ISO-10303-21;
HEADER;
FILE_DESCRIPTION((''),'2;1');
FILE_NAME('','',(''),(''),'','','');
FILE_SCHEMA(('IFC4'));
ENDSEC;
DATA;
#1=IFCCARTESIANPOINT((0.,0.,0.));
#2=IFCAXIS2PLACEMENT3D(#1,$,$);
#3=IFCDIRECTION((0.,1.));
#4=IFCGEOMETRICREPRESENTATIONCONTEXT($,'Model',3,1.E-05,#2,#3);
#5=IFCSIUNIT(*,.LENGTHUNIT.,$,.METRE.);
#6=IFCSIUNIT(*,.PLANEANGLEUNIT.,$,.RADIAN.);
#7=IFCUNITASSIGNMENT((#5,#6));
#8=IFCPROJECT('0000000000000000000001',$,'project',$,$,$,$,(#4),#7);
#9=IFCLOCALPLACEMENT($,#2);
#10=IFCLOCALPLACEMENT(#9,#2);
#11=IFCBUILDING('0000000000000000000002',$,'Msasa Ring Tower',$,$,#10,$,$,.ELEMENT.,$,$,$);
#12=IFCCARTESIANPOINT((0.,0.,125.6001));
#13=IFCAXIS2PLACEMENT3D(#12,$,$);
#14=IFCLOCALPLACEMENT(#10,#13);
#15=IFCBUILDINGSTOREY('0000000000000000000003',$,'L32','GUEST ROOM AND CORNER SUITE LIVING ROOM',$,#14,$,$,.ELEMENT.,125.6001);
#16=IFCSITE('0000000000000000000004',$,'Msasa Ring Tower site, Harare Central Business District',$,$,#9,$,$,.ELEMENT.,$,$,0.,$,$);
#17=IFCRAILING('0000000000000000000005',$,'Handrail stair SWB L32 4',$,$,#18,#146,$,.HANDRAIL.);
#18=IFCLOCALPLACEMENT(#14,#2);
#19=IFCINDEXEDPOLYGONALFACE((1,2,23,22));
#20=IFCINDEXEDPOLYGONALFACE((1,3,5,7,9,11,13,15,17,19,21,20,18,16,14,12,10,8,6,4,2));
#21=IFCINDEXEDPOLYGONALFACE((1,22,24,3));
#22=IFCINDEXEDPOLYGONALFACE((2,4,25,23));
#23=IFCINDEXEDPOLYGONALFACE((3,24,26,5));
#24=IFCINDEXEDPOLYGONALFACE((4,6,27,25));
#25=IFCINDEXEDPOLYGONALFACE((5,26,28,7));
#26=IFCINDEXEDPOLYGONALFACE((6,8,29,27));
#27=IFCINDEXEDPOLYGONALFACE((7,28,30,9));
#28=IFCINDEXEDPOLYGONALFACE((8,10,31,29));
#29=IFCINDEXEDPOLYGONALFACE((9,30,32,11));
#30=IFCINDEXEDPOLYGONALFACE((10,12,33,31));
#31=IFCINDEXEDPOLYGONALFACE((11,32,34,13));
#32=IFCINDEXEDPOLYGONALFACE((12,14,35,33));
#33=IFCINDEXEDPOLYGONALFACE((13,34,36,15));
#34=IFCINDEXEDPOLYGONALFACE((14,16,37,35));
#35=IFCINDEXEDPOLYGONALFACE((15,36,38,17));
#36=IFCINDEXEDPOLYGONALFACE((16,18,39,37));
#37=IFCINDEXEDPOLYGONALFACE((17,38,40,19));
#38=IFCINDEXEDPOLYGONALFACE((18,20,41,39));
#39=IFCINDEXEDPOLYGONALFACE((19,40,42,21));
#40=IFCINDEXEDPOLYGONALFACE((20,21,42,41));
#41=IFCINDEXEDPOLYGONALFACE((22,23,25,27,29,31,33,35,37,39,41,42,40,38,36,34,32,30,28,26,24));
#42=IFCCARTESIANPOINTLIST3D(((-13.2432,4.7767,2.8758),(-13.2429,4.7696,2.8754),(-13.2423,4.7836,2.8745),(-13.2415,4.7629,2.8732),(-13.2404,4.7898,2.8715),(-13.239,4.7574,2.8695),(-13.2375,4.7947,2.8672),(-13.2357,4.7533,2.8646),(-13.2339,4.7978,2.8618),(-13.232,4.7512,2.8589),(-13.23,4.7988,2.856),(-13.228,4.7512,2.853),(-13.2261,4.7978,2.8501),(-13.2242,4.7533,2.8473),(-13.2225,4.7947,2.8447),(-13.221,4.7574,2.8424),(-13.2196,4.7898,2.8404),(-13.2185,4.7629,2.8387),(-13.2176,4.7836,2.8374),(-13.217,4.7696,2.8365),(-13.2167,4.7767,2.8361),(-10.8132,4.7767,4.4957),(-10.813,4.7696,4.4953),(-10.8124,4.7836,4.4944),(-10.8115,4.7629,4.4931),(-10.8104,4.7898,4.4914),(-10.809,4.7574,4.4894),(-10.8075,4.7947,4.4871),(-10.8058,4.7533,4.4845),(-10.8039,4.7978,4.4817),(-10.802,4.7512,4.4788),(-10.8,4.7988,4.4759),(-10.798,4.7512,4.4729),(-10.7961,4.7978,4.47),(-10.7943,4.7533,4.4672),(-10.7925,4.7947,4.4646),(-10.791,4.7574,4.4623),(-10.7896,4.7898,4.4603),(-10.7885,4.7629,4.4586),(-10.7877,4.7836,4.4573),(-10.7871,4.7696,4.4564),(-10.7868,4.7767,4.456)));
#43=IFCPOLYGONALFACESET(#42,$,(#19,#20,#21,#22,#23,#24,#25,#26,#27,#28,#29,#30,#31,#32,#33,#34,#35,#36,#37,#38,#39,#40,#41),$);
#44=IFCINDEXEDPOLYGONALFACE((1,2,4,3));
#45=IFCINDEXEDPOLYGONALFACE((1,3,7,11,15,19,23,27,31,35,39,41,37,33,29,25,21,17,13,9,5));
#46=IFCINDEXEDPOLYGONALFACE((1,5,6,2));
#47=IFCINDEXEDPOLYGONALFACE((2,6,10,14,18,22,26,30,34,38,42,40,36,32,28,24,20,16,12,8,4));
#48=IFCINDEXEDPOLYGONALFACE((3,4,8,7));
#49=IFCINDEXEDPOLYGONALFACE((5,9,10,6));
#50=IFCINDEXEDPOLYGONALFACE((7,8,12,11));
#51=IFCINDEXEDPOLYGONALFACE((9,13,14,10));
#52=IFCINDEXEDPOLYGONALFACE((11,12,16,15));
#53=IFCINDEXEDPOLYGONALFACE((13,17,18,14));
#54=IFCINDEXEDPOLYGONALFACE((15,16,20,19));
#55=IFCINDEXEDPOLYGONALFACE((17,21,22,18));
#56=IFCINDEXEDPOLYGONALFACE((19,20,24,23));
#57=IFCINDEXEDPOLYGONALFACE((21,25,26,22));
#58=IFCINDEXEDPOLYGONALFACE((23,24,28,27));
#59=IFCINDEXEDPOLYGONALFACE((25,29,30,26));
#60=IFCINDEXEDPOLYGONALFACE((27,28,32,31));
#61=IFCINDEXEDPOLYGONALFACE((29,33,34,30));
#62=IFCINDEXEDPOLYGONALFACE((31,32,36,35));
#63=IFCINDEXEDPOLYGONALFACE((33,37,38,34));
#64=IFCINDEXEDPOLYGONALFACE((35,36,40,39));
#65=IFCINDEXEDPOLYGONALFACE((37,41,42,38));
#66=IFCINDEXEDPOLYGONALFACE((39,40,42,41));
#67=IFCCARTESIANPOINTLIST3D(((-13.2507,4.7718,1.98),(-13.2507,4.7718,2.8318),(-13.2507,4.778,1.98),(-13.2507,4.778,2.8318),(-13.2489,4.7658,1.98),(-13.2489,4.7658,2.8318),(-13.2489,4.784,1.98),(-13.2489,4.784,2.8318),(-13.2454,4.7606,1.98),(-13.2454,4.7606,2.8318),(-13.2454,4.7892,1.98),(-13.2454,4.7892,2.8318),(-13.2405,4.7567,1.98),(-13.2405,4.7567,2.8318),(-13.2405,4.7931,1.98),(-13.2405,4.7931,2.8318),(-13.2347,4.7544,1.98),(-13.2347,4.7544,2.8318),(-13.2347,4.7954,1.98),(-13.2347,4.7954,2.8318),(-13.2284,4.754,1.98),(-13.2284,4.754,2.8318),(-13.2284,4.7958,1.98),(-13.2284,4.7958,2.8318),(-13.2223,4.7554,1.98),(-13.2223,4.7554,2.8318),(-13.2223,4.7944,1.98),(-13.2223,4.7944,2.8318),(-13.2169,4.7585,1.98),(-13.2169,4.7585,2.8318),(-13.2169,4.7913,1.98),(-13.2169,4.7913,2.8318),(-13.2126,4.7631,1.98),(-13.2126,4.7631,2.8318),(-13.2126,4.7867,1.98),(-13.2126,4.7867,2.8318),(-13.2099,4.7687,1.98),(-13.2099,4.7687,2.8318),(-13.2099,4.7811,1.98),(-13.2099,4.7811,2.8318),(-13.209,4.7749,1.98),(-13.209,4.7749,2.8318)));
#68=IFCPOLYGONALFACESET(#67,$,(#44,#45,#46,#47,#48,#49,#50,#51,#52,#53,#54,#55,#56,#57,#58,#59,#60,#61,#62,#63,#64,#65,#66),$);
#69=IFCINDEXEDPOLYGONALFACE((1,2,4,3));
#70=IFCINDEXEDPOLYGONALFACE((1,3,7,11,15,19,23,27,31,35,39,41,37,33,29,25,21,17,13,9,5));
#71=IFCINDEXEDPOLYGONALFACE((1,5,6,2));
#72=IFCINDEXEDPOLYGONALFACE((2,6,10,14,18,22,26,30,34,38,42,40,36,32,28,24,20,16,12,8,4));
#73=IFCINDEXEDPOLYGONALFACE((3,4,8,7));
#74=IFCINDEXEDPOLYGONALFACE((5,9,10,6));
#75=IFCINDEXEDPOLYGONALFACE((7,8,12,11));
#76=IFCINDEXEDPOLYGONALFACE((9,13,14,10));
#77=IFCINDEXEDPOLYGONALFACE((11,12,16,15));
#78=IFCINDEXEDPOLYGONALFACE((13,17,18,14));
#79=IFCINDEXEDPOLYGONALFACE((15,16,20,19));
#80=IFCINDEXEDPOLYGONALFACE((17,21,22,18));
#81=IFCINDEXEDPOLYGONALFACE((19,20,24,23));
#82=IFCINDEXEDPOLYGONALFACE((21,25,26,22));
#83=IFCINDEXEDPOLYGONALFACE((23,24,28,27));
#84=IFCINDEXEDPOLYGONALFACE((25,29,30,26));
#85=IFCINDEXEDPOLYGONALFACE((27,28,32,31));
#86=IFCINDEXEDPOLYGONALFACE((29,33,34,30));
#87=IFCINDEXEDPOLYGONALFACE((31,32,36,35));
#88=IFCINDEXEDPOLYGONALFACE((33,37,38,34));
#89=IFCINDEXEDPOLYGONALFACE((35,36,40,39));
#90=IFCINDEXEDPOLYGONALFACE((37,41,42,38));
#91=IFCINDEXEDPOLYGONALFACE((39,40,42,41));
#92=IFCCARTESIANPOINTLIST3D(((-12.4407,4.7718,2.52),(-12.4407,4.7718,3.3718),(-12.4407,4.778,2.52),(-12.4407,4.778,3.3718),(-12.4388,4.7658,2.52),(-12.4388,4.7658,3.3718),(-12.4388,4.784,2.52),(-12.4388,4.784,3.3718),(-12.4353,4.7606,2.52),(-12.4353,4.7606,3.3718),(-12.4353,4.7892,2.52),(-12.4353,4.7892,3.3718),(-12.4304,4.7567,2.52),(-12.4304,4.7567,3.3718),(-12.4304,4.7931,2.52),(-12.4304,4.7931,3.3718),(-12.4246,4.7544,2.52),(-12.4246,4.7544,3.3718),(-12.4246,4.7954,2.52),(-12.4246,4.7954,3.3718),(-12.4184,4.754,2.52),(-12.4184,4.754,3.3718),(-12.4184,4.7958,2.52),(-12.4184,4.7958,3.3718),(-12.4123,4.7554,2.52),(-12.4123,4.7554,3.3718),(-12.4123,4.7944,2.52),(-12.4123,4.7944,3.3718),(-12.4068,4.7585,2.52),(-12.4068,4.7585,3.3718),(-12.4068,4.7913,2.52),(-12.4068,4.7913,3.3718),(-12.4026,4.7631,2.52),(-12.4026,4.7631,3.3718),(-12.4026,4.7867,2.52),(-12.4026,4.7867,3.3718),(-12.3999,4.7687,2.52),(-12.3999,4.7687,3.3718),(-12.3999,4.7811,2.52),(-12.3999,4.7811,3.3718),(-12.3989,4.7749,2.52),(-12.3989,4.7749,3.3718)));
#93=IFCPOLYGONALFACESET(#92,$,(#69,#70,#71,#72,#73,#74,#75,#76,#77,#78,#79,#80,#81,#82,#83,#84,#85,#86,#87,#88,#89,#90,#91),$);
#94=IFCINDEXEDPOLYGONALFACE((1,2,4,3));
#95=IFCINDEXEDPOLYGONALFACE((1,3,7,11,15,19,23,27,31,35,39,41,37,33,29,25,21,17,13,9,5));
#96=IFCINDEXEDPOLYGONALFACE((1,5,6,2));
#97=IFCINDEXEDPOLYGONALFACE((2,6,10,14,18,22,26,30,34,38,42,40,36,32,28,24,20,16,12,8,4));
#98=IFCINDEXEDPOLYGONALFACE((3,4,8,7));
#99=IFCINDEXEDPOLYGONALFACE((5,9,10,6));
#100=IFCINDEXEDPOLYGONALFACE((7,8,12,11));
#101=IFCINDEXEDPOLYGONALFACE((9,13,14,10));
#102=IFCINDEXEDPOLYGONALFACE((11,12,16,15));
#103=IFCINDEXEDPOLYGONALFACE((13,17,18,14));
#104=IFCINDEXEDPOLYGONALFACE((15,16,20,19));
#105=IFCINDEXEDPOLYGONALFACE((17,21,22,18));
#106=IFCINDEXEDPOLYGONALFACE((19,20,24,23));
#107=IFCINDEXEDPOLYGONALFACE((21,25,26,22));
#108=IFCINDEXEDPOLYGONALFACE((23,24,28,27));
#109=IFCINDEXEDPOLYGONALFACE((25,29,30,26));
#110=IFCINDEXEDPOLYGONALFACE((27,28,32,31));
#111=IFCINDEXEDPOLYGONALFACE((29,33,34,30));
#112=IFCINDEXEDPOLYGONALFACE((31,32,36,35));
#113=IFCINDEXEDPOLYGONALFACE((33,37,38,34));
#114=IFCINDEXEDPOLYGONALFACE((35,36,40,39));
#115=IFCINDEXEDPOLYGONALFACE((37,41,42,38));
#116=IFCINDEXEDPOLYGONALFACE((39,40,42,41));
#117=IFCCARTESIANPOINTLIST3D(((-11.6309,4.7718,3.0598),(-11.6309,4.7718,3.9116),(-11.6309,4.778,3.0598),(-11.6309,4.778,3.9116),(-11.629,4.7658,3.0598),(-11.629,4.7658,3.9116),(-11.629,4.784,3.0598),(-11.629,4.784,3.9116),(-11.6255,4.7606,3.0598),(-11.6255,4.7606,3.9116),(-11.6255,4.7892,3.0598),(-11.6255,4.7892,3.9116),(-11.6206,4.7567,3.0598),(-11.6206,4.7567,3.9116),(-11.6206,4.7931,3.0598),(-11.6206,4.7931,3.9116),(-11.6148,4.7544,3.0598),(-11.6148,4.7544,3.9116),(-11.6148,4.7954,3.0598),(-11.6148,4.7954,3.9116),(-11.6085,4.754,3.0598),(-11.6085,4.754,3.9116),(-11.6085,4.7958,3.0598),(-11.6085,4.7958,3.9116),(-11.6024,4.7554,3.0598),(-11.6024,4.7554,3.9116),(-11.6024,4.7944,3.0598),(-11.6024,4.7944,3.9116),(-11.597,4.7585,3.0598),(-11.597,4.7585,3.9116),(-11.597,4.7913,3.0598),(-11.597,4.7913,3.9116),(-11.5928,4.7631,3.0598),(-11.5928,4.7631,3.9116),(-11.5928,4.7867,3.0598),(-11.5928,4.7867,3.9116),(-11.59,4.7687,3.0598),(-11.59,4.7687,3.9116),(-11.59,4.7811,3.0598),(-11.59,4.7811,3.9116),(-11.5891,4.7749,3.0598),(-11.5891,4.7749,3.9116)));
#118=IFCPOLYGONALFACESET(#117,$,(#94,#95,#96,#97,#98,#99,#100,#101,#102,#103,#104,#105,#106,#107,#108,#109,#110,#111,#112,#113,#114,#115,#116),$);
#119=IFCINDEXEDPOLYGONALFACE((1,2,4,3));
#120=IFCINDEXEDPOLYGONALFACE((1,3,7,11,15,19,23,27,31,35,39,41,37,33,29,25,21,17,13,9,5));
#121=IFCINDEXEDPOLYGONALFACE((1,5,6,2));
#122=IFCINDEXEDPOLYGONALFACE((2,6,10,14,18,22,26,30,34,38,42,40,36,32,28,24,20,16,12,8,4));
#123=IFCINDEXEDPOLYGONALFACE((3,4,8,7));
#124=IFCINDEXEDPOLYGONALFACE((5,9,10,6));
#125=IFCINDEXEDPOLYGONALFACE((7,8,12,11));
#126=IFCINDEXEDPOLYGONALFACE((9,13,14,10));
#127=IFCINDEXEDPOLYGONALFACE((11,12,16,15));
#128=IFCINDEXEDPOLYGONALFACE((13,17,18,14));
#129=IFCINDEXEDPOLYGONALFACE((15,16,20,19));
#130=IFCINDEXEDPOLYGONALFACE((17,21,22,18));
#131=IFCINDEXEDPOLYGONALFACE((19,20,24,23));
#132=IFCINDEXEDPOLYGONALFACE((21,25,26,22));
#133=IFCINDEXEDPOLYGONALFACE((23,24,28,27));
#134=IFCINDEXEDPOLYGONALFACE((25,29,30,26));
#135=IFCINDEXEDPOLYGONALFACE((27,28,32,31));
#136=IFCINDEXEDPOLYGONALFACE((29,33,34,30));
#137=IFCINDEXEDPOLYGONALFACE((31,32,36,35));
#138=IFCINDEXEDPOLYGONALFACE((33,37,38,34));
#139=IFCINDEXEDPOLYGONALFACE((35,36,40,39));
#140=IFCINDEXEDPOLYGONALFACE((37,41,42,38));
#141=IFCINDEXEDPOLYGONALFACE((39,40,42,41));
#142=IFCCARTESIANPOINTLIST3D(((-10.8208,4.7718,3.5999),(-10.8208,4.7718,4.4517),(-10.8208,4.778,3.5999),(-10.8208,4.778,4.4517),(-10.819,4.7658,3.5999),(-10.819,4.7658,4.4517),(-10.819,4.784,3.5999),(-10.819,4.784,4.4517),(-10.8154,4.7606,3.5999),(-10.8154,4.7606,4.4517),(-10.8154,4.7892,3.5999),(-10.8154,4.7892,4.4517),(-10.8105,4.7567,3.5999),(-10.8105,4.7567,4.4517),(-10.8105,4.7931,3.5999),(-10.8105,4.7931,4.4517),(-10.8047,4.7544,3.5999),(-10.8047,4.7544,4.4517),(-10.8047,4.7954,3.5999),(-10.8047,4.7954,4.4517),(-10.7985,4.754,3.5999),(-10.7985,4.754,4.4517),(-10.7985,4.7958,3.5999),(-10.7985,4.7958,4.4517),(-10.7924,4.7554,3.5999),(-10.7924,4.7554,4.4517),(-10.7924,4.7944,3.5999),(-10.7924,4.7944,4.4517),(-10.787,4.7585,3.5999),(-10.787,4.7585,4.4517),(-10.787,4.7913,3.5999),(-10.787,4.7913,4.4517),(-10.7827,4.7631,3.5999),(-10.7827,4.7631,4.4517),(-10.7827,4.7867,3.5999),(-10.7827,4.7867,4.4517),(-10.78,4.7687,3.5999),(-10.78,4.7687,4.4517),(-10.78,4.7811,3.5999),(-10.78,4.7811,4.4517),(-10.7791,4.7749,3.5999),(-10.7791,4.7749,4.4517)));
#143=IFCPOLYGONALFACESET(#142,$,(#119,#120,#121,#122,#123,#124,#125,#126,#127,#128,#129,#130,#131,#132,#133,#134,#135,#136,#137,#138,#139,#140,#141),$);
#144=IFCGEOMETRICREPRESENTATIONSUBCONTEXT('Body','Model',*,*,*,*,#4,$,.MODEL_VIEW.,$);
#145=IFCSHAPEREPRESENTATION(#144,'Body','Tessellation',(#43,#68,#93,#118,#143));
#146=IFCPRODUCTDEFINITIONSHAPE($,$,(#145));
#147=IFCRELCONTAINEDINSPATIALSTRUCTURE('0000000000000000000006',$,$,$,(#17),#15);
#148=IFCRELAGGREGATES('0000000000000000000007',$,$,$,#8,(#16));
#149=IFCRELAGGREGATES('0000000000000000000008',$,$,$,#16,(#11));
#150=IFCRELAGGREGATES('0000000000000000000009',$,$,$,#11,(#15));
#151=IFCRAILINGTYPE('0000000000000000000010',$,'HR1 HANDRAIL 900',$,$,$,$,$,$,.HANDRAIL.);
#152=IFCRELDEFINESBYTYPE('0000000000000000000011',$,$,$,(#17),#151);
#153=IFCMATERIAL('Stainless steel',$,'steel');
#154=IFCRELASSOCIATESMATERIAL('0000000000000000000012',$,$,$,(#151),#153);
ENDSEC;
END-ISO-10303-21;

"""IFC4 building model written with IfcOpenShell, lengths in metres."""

from ifc_helpers import new_model, si_unit, direction, frame, origin, origin_2d, place, context, subcontext, project, spatial, circle, extrude, material, type_object, element, save


model = new_model("IFC4")

# Units and contexts
model_context = context("Model", 3, precision=1e-05, world=origin(), true_north=direction((0.0, 1.0)))
body_context = subcontext(model_context, "Body", "Model", "MODEL_VIEW")
ifc_project = project(units=[si_unit("LENGTHUNIT", "METRE"), si_unit("PLANEANGLEUNIT", "RADIAN")], contexts=[model_context])

# Site, building, storey
site_placement = place(None, origin())
site = spatial("IfcSite", under=ifc_project, at=site_placement, Name="Msasa Ring Tower site, Harare Central Business District", CompositionType="ELEMENT", RefElevation=0.0)
building_placement = place(site_placement, origin())
building = spatial("IfcBuilding", under=site, at=building_placement, Name="Msasa Ring Tower", CompositionType="ELEMENT")
storey_placement = place(building_placement, frame((0.0, 0.0, 125.6001)))
storey = spatial("IfcBuildingStorey", under=building, at=storey_placement, Name="L32", Description="GUEST ROOM AND CORNER SUITE LIVING ROOM", CompositionType="ELEMENT", Elevation=125.6001)

# Railing
ifc_material_1 = material(Name="Stainless steel", Category="steel")
railing_type = type_object("IfcRailingType", Name="HR1 HANDRAIL 900", PredefinedType="HANDRAIL", material=ifc_material_1)
for number, where, name in (
    (1, (-13.23, 4.7749, 1.98), "Handrail stair SWB L32 4"),
):
    element("IfcRailing", number, at=place(storey_placement, frame(where)), inside=storey, type_object=railing_type, Name=name, PredefinedType="HANDRAIL", context=body_context, shape_type="SweptSolid", body=[
        extrude(circle(Radius=0.0239, at=origin_2d()), frame((0.0, 0.0, 0.876), z_axis=(0.832063, 0.0, 0.554681), x_axis=(0.0, 1.0, 0.0)), (0.0, 0.0, 1.0), 2.9204),
        extrude(circle(Radius=0.021, at=origin_2d()), origin(), (0.0, 0.0, 1.0), 0.8518),
        extrude(circle(Radius=0.021, at=origin_2d()), frame((0.8101, 0.0, 0.54)), (0.0, 0.0, 1.0), 0.8518),
        extrude(circle(Radius=0.021, at=origin_2d()), frame((1.6199, 0.0, 1.0798)), (0.0, 0.0, 1.0), 0.8518),
        extrude(circle(Radius=0.021, at=origin_2d()), frame((2.4299, 0.0, 1.6199)), (0.0, 0.0, 1.0), 0.8518),
    ])

save(model, "model.ifc")
